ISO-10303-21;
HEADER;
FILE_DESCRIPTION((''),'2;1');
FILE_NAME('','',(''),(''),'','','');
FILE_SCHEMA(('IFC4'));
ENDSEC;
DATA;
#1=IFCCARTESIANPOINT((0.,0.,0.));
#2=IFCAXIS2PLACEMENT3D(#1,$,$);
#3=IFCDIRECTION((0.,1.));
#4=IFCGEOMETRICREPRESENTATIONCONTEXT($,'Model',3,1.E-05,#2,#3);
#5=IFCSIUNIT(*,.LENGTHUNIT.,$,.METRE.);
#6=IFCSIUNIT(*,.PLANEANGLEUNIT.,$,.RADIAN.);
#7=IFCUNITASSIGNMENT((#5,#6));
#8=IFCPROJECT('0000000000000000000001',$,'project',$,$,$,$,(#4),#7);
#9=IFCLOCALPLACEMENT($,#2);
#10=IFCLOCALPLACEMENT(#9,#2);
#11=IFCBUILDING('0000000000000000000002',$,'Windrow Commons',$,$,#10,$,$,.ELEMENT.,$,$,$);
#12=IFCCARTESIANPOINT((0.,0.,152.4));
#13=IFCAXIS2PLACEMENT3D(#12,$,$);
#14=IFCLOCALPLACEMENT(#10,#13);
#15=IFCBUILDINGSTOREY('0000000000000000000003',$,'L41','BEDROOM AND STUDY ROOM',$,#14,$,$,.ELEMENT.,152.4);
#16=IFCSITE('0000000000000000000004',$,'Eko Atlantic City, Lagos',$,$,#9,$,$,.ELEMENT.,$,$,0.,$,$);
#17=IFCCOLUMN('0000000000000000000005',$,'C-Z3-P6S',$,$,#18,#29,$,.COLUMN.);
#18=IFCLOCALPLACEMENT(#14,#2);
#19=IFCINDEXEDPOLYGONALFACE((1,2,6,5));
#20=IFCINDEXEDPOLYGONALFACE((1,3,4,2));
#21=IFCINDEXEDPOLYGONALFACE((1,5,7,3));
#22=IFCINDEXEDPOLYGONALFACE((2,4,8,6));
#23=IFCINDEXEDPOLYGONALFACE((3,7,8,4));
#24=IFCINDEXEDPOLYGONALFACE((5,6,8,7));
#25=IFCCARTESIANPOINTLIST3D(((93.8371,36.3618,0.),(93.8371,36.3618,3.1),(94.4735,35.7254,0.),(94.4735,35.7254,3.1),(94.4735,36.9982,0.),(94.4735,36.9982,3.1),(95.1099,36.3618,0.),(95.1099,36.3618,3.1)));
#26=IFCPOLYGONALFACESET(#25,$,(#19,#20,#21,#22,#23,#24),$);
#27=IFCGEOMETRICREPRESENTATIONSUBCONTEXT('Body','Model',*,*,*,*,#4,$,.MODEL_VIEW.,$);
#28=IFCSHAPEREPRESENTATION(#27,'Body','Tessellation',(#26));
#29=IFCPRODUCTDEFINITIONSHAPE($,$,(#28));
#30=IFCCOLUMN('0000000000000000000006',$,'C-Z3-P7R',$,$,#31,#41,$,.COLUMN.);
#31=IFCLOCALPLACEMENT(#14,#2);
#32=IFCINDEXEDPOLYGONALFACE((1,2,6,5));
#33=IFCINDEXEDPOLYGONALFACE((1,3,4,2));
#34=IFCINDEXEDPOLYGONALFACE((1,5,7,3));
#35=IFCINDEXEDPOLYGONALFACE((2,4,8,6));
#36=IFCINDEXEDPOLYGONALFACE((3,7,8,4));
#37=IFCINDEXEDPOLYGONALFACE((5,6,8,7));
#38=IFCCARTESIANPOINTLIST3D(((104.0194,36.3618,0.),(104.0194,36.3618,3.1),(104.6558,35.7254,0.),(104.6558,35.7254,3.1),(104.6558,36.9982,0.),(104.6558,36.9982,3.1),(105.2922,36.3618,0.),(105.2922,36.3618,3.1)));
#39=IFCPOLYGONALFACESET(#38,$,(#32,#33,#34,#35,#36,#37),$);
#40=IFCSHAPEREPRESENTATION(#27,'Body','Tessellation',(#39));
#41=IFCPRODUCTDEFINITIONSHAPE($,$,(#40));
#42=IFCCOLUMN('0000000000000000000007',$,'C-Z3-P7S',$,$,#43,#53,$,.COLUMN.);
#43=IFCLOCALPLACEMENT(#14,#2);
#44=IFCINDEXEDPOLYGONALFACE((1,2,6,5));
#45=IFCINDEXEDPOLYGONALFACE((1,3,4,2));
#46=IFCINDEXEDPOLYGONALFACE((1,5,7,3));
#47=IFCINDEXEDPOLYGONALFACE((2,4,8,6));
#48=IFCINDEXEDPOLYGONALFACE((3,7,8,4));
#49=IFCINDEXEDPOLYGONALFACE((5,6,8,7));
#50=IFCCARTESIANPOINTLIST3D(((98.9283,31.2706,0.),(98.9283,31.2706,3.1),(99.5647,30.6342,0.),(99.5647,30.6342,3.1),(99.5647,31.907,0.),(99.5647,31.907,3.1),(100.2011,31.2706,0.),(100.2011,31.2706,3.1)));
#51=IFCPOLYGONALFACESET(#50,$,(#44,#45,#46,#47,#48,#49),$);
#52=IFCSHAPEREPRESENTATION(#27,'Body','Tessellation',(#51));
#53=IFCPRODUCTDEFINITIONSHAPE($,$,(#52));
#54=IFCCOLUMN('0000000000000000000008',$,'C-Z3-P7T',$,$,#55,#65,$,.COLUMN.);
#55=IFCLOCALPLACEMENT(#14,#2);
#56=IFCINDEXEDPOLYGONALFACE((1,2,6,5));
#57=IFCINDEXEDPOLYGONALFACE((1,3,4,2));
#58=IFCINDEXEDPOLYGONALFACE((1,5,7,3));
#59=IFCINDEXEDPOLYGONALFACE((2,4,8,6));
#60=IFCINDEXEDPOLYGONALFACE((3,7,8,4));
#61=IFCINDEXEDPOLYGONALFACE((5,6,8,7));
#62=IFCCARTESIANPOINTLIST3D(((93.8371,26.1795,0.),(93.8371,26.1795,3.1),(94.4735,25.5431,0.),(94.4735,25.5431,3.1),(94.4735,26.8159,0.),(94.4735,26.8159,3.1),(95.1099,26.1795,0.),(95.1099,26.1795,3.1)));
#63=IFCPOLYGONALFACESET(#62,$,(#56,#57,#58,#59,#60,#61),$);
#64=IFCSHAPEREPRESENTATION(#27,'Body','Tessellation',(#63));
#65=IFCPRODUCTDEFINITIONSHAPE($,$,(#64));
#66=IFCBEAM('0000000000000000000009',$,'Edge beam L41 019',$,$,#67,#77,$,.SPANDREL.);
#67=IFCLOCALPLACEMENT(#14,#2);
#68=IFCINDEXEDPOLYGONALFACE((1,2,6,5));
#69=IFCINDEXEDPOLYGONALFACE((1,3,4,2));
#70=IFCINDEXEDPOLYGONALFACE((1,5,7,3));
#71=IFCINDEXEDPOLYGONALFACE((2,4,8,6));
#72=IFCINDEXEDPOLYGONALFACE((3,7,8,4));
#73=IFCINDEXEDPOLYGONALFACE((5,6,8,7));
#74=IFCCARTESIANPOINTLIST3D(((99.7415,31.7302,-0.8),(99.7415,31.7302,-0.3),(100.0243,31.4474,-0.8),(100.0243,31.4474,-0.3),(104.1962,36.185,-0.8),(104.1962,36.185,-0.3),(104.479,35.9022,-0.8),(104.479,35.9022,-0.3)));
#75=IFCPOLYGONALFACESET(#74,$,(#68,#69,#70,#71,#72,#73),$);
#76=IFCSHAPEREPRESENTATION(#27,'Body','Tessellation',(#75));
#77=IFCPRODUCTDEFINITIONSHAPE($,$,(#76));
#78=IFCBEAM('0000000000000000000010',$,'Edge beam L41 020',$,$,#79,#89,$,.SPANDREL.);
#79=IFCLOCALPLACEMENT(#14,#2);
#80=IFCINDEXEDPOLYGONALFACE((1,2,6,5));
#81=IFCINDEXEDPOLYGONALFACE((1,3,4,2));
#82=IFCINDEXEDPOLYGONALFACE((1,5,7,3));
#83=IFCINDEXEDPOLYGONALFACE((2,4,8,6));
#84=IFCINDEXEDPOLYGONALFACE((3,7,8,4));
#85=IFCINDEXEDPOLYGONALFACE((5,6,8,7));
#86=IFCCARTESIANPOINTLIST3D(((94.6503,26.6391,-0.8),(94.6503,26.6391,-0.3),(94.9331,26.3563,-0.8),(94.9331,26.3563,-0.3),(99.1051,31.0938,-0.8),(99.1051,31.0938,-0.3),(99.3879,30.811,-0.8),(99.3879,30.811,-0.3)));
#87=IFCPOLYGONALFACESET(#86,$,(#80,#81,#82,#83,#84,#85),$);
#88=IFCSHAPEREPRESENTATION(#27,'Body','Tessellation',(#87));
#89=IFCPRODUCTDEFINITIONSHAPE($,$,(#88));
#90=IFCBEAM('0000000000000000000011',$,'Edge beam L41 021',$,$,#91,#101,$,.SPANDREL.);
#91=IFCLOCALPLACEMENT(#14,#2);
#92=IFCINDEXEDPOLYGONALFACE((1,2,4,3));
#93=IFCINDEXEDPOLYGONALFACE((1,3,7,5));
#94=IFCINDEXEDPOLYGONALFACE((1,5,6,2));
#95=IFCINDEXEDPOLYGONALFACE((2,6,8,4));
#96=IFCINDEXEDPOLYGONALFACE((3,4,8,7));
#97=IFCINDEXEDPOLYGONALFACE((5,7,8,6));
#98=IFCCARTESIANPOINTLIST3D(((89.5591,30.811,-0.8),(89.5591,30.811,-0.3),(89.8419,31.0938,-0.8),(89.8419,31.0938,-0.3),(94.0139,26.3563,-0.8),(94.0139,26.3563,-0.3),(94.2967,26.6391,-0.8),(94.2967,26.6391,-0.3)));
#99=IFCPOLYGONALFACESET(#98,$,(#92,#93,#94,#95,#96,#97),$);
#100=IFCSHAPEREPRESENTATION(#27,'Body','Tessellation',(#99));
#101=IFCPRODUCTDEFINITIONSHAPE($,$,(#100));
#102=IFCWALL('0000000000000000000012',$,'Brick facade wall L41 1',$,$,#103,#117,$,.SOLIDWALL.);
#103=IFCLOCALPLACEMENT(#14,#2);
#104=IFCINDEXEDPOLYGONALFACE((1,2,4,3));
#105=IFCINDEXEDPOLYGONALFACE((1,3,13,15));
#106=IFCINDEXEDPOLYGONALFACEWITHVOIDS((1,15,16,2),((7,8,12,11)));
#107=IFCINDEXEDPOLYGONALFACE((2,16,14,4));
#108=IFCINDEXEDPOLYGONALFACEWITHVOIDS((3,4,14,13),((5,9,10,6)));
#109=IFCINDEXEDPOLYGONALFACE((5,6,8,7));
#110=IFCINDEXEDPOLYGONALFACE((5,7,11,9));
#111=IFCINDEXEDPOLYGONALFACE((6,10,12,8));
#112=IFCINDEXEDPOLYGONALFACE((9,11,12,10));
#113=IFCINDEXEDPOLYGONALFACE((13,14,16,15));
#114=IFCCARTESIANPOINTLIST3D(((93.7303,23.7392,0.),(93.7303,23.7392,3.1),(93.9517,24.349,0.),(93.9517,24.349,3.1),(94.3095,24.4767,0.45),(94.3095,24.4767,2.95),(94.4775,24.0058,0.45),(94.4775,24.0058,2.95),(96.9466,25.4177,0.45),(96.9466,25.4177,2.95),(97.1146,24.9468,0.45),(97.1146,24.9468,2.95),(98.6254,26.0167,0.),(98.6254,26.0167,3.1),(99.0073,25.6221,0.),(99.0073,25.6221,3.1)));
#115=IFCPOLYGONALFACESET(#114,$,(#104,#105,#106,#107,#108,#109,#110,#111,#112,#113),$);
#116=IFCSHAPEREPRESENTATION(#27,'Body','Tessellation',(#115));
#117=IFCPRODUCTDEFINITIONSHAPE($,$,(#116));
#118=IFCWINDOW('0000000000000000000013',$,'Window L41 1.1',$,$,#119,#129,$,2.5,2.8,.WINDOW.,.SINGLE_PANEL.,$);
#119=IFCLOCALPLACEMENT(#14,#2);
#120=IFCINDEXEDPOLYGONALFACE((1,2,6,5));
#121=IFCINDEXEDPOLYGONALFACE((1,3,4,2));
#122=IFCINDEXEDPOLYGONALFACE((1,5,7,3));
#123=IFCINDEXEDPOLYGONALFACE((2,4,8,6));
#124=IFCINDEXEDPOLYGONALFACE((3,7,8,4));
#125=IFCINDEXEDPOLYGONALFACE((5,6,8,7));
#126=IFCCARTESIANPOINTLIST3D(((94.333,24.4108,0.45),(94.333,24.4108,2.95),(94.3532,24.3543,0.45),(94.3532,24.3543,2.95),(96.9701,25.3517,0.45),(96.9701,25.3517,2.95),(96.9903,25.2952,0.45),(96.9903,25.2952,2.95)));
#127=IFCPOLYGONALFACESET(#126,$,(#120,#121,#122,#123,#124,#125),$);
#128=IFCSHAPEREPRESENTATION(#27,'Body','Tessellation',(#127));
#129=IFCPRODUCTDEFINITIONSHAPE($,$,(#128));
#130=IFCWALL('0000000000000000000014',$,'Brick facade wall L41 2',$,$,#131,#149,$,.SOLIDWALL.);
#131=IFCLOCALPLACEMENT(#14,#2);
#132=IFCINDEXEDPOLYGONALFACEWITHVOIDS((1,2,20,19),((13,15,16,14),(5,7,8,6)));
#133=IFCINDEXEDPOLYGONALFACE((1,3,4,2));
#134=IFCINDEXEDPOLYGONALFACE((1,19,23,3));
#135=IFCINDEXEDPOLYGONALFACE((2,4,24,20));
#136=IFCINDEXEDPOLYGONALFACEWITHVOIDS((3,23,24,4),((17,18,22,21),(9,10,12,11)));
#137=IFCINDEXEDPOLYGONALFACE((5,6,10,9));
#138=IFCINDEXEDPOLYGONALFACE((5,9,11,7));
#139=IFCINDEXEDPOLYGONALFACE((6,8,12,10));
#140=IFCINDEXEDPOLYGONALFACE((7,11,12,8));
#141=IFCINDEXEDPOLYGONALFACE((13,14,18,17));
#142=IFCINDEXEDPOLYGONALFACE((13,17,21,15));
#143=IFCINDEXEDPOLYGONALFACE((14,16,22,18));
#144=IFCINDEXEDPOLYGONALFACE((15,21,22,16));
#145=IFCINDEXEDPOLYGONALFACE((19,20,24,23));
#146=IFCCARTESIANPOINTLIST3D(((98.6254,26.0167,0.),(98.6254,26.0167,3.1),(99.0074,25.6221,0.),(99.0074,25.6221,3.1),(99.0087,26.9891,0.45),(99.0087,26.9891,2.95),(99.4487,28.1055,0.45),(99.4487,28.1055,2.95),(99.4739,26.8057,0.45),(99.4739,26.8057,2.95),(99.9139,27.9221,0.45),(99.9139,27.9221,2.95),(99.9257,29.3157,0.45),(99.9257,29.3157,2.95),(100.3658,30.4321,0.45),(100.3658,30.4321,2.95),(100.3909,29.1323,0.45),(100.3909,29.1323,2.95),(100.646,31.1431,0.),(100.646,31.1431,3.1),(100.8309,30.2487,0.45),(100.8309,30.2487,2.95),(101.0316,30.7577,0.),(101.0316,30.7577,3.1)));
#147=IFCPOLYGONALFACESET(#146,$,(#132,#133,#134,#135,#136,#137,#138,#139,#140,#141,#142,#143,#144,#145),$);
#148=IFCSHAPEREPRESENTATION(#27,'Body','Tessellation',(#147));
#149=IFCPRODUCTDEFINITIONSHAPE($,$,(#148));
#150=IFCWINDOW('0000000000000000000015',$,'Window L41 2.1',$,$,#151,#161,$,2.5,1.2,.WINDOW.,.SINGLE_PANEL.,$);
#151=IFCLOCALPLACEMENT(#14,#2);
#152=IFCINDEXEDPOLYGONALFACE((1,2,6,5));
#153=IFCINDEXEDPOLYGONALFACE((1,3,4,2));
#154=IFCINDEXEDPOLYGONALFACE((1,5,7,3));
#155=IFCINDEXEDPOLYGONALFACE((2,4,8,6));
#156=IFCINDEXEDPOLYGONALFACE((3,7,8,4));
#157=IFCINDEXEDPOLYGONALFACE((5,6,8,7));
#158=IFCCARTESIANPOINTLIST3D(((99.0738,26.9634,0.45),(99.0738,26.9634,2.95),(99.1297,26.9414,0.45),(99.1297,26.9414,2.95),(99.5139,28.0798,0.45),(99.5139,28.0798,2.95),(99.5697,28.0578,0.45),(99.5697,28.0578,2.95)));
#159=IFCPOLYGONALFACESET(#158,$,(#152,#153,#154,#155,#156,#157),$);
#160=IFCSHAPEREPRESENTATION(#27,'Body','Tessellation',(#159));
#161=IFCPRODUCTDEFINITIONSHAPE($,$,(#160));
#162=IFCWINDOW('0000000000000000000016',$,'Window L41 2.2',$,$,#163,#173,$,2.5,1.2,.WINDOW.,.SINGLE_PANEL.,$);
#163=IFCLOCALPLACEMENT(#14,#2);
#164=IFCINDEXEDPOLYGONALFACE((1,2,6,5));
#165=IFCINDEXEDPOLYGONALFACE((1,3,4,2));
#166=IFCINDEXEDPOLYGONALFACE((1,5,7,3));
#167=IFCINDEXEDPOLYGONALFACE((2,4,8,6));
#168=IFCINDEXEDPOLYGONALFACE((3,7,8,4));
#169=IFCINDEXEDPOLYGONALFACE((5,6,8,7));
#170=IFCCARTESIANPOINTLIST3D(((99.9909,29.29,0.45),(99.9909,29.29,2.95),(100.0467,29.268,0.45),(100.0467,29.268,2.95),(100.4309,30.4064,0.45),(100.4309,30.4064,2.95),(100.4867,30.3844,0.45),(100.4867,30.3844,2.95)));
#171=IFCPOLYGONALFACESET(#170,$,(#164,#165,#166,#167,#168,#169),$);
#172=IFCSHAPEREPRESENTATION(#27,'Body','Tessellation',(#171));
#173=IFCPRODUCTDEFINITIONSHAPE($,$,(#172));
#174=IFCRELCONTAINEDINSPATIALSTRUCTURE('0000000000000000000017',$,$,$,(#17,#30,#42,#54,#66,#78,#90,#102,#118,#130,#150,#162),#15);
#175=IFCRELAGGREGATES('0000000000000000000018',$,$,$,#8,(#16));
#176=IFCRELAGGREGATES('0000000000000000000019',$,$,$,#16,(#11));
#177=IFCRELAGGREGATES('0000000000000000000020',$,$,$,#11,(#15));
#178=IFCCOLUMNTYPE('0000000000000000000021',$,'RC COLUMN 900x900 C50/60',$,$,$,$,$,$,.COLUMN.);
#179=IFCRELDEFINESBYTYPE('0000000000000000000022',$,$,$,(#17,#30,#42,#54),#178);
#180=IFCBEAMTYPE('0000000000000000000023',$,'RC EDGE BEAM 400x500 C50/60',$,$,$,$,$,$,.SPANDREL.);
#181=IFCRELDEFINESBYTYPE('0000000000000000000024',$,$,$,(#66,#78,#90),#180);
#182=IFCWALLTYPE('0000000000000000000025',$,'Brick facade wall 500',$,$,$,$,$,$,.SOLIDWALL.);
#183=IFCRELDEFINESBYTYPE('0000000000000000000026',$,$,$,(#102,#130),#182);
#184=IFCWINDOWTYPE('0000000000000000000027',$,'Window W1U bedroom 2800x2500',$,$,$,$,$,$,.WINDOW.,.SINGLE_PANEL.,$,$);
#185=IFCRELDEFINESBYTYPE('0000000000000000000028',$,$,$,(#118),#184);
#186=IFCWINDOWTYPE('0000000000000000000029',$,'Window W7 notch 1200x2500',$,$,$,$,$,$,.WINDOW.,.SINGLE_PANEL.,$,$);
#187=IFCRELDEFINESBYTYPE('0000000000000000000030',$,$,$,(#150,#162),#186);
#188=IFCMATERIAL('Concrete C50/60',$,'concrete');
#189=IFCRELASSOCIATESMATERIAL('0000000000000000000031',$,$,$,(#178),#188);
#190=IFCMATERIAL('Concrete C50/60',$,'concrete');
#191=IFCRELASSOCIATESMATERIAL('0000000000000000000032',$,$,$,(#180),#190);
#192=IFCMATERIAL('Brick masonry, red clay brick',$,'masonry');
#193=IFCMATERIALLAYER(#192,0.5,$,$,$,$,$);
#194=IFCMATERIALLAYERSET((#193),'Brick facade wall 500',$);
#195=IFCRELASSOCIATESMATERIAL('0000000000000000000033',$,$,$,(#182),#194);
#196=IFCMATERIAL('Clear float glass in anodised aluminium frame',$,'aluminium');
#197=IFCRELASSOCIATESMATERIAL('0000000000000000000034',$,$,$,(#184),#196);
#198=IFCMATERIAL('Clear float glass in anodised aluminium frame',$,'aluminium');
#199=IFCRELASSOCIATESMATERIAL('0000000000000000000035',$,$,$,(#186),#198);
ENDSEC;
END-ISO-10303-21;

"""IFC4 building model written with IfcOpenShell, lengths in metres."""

from ifc_helpers import new_model, si_unit, direction, frame, frame_2d, origin, origin_2d, place, context, subcontext, project, spatial, polyline, rectangle, outline, extrude, material, layer, layer_set, material_profile, profile_set, type_object, element, fill, save


model = new_model("IFC4")

# Units and contexts
model_context = context("Model", 3, precision=1e-05, world=origin(), true_north=direction((0.0, 1.0)))
body_context = subcontext(model_context, "Body", "Model", "MODEL_VIEW")
ifc_project = project(units=[si_unit("LENGTHUNIT", "METRE"), si_unit("PLANEANGLEUNIT", "RADIAN")], contexts=[model_context])

# Site, building, storey
site_placement = place(None, origin())
site = spatial("IfcSite", under=ifc_project, at=site_placement, Name="Eko Atlantic City, Lagos", CompositionType="ELEMENT", RefElevation=0.0)
building_placement = place(site_placement, origin())
building = spatial("IfcBuilding", under=site, at=building_placement, Name="Windrow Commons", CompositionType="ELEMENT")
storey_placement = place(building_placement, frame((0.0, 0.0, 152.4)))
storey = spatial("IfcBuildingStorey", under=building, at=storey_placement, Name="L41", Description="BEDROOM AND STUDY ROOM", CompositionType="ELEMENT", Elevation=152.4)

# Columns
ifc_material_1 = material(Name="Concrete C50/60", Category="concrete")
ifc_material_profile_1 = material_profile(ifc_material_1, rectangle(XDim=0.9, YDim=0.9, at=origin_2d()))
ifc_profile_set_1 = profile_set([ifc_material_profile_1], Name="Concrete C50/60")
column_type = type_object("IfcColumnType", Name="RC COLUMN 900x900 C50/60", PredefinedType="COLUMN", material=ifc_profile_set_1)
for number, where, z_axis, x_axis, name in (
    (1, (94.4735, 36.3618, 0.0), (0.0, 0.0, 1.0), (0.707107, -0.707107, 0.0), "C-Z3-P6S"),
    (2, (104.6558, 36.3618, 0.0), (0.0, 0.0, 1.0), (0.707107, -0.707107, 0.0), "C-Z3-P7R"),
    (3, (99.5647, 31.2706, 0.0), (0.0, 0.0, 1.0), (0.707107, -0.707107, 0.0), "C-Z3-P7S"),
    (4, (94.4735, 26.1795, 0.0), (0.0, 0.0, 1.0), (0.707107, -0.707107, 0.0), "C-Z3-P7T"),
):
    element("IfcColumn", number, at=place(storey_placement, frame(where, z_axis=z_axis, x_axis=x_axis)), inside=storey, type_object=column_type, Name=name, PredefinedType="COLUMN", context=body_context, shape_type="SweptSolid", body=[
        extrude(rectangle(XDim=0.9, YDim=0.9, at=origin_2d()), origin(), (0.0, 0.0, 1.0), 3.1),
    ])

# Beams
ifc_material_2 = material(Name="Concrete C50/60", Category="concrete")
ifc_material_profile_2 = material_profile(ifc_material_2, rectangle(XDim=0.4, YDim=0.5, at=origin_2d()))
ifc_profile_set_2 = profile_set([ifc_material_profile_2], Name="Concrete C50/60")
beam_type = type_object("IfcBeamType", Name="RC EDGE BEAM 400x500 C50/60", PredefinedType="SPANDREL", material=ifc_profile_set_2)
for number, where, z_axis, x_axis, name in (
    (5, (104.3376, 36.0436, -0.55), (-0.707099, -0.707115, 0.0), (0.707115, -0.707099, 0.0), "Edge beam L41 019"),
    (6, (99.2465, 30.9524, -0.55), (-0.707115, -0.707099, 0.0), (0.707099, -0.707115, 0.0), "Edge beam L41 020"),
    (7, (94.1553, 26.4977, -0.55), (-0.707115, 0.707099, 0.0), (-0.707099, -0.707115, 0.0), "Edge beam L41 021"),
):
    element("IfcBeam", number, at=place(storey_placement, frame(where, z_axis=z_axis, x_axis=x_axis)), inside=storey, type_object=beam_type, Name=name, PredefinedType="SPANDREL", context=body_context, shape_type="SweptSolid", body=[
        extrude(rectangle(XDim=0.4, YDim=0.5, at=origin_2d()), origin(), (0.0, 0.0, 1.0), 6.3),
    ])

# Wall, opening, window
ifc_material_3 = material(Name="Brick masonry, red clay brick", Category="masonry")
ifc_layer_1 = layer(ifc_material_3, 0.5)
ifc_layer_set_1 = layer_set([ifc_layer_1], Name="Brick facade wall 500")
wall_type_1 = type_object("IfcWallType", Name="Brick facade wall 500", PredefinedType="SOLIDWALL", material=ifc_layer_set_1)
wall_1_placement = place(storey_placement, frame((93.841, 24.0441, 0.0), z_axis=(0.0, 0.0, 1.0), x_axis=(0.94184, 0.336063, 0.0)))
wall_1 = element("IfcWall", 8, at=wall_1_placement, inside=storey, type_object=wall_type_1, Name="Brick facade wall L41 1", PredefinedType="SOLIDWALL", context=body_context, shape_type="SweptSolid", body=[
    extrude(outline(polyline([(-0.2067, -0.25), (5.3961, -0.25), (5.1691, 0.25), (0.2067, 0.25), (-0.2067, -0.25)])), origin(), (0.0, 0.0, 1.0), 3.1),
])
opening_1_placement = place(wall_1_placement, frame((0.5866, 0.0, 0.45)))
opening_1 = element("IfcOpeningElement", 9, at=opening_1_placement, cuts=wall_1, PredefinedType="OPENING", context=body_context, shape_type="SweptSolid", body=[
    extrude(rectangle(XDim=2.8, YDim=2.5, at=frame_2d((1.4, 1.25))), frame((0.0, 0.26, 0.0), z_axis=(0.0, -1.0, 0.0), x_axis=(1.0, 0.0, 0.0)), (0.0, 0.0, 1.0), 0.52),
])
ifc_material_4 = material(Name="Clear float glass in anodised aluminium frame", Category="aluminium")
window_type_1 = type_object("IfcWindowType", Name="Window W1U bedroom 2800x2500", PartitioningType="SINGLE_PANEL", PredefinedType="WINDOW", material=ifc_material_4)
window_1_placement = place(opening_1_placement, origin())
window_1 = element("IfcWindow", 10, at=window_1_placement, inside=storey, type_object=window_type_1, Name="Window L41 1.1", OverallHeight=2.5, OverallWidth=2.8, PartitioningType="SINGLE_PANEL", PredefinedType="WINDOW", context=body_context, shape_type="SweptSolid", body=[
    extrude(rectangle(XDim=2.8, YDim=2.5, at=frame_2d((1.4, 1.25))), frame((0.0, 0.18, 0.0), z_axis=(0.0, -1.0, 0.0), x_axis=(1.0, 0.0, 0.0)), (0.0, 0.0, 1.0), 0.06),
])
fill(opening_1, window_1)

# Wall, openings, windows
wall_2_placement = place(storey_placement, frame((98.8164, 25.8194, 0.0), z_axis=(0.0, 0.0, 1.0), x_axis=(0.366697, 0.930341, 0.0)))
wall_2 = element("IfcWall", 11, at=wall_2_placement, inside=storey, type_object=wall_type_1, Name="Brick facade wall L41 2", PredefinedType="SOLIDWALL", context=body_context, shape_type="SweptSolid", body=[
    extrude(outline(polyline([(-0.1135, -0.25), (5.4066, -0.25), (5.6238, 0.25), (0.1135, 0.25), (-0.1135, -0.25)])), origin(), (0.0, 0.0, 1.0), 3.1),
])
opening_2_placement = place(wall_2_placement, frame((1.1587, 0.0, 0.45)))
opening_2 = element("IfcOpeningElement", 12, at=opening_2_placement, cuts=wall_2, PredefinedType="OPENING", context=body_context, shape_type="SweptSolid", body=[
    extrude(rectangle(XDim=1.2, YDim=2.5, at=frame_2d((0.6, 1.25))), frame((0.0, 0.26, 0.0), z_axis=(0.0, -1.0, 0.0), x_axis=(1.0, 0.0, 0.0)), (0.0, 0.0, 1.0), 0.52),
])
opening_3_placement = place(wall_2_placement, frame((3.6595, 0.0, 0.45)))
opening_3 = element("IfcOpeningElement", 13, at=opening_3_placement, cuts=wall_2, PredefinedType="OPENING", context=body_context, shape_type="SweptSolid", body=[
    extrude(rectangle(XDim=1.2, YDim=2.5, at=frame_2d((0.6, 1.25))), frame((0.0, 0.26, 0.0), z_axis=(0.0, -1.0, 0.0), x_axis=(1.0, 0.0, 0.0)), (0.0, 0.0, 1.0), 0.52),
])
ifc_material_5 = material(Name="Clear float glass in anodised aluminium frame", Category="aluminium")
window_type_2 = type_object("IfcWindowType", Name="Window W7 notch 1200x2500", PartitioningType="SINGLE_PANEL", PredefinedType="WINDOW", material=ifc_material_5)
window_2_placement = place(opening_2_placement, origin())
window_2 = element("IfcWindow", 14, at=window_2_placement, inside=storey, type_object=window_type_2, Name="Window L41 2.1", OverallHeight=2.5, OverallWidth=1.2, PartitioningType="SINGLE_PANEL", PredefinedType="WINDOW", context=body_context, shape_type="SweptSolid", body=[
    extrude(rectangle(XDim=1.2, YDim=2.5, at=frame_2d((0.6, 1.25))), frame((0.0, 0.18, 0.0), z_axis=(0.0, -1.0, 0.0), x_axis=(1.0, 0.0, 0.0)), (0.0, 0.0, 1.0), 0.06),
])
fill(opening_2, window_2)
window_3_placement = place(opening_3_placement, origin())
window_3 = element("IfcWindow", 15, at=window_3_placement, inside=storey, type_object=window_type_2, Name="Window L41 2.2", OverallHeight=2.5, OverallWidth=1.2, PartitioningType="SINGLE_PANEL", PredefinedType="WINDOW", context=body_context, shape_type="SweptSolid", body=[
    extrude(rectangle(XDim=1.2, YDim=2.5, at=frame_2d((0.6, 1.25))), frame((0.0, 0.18, 0.0), z_axis=(0.0, -1.0, 0.0), x_axis=(1.0, 0.0, 0.0)), (0.0, 0.0, 1.0), 0.06),
])
fill(opening_3, window_3)

save(model, "model.ifc")
